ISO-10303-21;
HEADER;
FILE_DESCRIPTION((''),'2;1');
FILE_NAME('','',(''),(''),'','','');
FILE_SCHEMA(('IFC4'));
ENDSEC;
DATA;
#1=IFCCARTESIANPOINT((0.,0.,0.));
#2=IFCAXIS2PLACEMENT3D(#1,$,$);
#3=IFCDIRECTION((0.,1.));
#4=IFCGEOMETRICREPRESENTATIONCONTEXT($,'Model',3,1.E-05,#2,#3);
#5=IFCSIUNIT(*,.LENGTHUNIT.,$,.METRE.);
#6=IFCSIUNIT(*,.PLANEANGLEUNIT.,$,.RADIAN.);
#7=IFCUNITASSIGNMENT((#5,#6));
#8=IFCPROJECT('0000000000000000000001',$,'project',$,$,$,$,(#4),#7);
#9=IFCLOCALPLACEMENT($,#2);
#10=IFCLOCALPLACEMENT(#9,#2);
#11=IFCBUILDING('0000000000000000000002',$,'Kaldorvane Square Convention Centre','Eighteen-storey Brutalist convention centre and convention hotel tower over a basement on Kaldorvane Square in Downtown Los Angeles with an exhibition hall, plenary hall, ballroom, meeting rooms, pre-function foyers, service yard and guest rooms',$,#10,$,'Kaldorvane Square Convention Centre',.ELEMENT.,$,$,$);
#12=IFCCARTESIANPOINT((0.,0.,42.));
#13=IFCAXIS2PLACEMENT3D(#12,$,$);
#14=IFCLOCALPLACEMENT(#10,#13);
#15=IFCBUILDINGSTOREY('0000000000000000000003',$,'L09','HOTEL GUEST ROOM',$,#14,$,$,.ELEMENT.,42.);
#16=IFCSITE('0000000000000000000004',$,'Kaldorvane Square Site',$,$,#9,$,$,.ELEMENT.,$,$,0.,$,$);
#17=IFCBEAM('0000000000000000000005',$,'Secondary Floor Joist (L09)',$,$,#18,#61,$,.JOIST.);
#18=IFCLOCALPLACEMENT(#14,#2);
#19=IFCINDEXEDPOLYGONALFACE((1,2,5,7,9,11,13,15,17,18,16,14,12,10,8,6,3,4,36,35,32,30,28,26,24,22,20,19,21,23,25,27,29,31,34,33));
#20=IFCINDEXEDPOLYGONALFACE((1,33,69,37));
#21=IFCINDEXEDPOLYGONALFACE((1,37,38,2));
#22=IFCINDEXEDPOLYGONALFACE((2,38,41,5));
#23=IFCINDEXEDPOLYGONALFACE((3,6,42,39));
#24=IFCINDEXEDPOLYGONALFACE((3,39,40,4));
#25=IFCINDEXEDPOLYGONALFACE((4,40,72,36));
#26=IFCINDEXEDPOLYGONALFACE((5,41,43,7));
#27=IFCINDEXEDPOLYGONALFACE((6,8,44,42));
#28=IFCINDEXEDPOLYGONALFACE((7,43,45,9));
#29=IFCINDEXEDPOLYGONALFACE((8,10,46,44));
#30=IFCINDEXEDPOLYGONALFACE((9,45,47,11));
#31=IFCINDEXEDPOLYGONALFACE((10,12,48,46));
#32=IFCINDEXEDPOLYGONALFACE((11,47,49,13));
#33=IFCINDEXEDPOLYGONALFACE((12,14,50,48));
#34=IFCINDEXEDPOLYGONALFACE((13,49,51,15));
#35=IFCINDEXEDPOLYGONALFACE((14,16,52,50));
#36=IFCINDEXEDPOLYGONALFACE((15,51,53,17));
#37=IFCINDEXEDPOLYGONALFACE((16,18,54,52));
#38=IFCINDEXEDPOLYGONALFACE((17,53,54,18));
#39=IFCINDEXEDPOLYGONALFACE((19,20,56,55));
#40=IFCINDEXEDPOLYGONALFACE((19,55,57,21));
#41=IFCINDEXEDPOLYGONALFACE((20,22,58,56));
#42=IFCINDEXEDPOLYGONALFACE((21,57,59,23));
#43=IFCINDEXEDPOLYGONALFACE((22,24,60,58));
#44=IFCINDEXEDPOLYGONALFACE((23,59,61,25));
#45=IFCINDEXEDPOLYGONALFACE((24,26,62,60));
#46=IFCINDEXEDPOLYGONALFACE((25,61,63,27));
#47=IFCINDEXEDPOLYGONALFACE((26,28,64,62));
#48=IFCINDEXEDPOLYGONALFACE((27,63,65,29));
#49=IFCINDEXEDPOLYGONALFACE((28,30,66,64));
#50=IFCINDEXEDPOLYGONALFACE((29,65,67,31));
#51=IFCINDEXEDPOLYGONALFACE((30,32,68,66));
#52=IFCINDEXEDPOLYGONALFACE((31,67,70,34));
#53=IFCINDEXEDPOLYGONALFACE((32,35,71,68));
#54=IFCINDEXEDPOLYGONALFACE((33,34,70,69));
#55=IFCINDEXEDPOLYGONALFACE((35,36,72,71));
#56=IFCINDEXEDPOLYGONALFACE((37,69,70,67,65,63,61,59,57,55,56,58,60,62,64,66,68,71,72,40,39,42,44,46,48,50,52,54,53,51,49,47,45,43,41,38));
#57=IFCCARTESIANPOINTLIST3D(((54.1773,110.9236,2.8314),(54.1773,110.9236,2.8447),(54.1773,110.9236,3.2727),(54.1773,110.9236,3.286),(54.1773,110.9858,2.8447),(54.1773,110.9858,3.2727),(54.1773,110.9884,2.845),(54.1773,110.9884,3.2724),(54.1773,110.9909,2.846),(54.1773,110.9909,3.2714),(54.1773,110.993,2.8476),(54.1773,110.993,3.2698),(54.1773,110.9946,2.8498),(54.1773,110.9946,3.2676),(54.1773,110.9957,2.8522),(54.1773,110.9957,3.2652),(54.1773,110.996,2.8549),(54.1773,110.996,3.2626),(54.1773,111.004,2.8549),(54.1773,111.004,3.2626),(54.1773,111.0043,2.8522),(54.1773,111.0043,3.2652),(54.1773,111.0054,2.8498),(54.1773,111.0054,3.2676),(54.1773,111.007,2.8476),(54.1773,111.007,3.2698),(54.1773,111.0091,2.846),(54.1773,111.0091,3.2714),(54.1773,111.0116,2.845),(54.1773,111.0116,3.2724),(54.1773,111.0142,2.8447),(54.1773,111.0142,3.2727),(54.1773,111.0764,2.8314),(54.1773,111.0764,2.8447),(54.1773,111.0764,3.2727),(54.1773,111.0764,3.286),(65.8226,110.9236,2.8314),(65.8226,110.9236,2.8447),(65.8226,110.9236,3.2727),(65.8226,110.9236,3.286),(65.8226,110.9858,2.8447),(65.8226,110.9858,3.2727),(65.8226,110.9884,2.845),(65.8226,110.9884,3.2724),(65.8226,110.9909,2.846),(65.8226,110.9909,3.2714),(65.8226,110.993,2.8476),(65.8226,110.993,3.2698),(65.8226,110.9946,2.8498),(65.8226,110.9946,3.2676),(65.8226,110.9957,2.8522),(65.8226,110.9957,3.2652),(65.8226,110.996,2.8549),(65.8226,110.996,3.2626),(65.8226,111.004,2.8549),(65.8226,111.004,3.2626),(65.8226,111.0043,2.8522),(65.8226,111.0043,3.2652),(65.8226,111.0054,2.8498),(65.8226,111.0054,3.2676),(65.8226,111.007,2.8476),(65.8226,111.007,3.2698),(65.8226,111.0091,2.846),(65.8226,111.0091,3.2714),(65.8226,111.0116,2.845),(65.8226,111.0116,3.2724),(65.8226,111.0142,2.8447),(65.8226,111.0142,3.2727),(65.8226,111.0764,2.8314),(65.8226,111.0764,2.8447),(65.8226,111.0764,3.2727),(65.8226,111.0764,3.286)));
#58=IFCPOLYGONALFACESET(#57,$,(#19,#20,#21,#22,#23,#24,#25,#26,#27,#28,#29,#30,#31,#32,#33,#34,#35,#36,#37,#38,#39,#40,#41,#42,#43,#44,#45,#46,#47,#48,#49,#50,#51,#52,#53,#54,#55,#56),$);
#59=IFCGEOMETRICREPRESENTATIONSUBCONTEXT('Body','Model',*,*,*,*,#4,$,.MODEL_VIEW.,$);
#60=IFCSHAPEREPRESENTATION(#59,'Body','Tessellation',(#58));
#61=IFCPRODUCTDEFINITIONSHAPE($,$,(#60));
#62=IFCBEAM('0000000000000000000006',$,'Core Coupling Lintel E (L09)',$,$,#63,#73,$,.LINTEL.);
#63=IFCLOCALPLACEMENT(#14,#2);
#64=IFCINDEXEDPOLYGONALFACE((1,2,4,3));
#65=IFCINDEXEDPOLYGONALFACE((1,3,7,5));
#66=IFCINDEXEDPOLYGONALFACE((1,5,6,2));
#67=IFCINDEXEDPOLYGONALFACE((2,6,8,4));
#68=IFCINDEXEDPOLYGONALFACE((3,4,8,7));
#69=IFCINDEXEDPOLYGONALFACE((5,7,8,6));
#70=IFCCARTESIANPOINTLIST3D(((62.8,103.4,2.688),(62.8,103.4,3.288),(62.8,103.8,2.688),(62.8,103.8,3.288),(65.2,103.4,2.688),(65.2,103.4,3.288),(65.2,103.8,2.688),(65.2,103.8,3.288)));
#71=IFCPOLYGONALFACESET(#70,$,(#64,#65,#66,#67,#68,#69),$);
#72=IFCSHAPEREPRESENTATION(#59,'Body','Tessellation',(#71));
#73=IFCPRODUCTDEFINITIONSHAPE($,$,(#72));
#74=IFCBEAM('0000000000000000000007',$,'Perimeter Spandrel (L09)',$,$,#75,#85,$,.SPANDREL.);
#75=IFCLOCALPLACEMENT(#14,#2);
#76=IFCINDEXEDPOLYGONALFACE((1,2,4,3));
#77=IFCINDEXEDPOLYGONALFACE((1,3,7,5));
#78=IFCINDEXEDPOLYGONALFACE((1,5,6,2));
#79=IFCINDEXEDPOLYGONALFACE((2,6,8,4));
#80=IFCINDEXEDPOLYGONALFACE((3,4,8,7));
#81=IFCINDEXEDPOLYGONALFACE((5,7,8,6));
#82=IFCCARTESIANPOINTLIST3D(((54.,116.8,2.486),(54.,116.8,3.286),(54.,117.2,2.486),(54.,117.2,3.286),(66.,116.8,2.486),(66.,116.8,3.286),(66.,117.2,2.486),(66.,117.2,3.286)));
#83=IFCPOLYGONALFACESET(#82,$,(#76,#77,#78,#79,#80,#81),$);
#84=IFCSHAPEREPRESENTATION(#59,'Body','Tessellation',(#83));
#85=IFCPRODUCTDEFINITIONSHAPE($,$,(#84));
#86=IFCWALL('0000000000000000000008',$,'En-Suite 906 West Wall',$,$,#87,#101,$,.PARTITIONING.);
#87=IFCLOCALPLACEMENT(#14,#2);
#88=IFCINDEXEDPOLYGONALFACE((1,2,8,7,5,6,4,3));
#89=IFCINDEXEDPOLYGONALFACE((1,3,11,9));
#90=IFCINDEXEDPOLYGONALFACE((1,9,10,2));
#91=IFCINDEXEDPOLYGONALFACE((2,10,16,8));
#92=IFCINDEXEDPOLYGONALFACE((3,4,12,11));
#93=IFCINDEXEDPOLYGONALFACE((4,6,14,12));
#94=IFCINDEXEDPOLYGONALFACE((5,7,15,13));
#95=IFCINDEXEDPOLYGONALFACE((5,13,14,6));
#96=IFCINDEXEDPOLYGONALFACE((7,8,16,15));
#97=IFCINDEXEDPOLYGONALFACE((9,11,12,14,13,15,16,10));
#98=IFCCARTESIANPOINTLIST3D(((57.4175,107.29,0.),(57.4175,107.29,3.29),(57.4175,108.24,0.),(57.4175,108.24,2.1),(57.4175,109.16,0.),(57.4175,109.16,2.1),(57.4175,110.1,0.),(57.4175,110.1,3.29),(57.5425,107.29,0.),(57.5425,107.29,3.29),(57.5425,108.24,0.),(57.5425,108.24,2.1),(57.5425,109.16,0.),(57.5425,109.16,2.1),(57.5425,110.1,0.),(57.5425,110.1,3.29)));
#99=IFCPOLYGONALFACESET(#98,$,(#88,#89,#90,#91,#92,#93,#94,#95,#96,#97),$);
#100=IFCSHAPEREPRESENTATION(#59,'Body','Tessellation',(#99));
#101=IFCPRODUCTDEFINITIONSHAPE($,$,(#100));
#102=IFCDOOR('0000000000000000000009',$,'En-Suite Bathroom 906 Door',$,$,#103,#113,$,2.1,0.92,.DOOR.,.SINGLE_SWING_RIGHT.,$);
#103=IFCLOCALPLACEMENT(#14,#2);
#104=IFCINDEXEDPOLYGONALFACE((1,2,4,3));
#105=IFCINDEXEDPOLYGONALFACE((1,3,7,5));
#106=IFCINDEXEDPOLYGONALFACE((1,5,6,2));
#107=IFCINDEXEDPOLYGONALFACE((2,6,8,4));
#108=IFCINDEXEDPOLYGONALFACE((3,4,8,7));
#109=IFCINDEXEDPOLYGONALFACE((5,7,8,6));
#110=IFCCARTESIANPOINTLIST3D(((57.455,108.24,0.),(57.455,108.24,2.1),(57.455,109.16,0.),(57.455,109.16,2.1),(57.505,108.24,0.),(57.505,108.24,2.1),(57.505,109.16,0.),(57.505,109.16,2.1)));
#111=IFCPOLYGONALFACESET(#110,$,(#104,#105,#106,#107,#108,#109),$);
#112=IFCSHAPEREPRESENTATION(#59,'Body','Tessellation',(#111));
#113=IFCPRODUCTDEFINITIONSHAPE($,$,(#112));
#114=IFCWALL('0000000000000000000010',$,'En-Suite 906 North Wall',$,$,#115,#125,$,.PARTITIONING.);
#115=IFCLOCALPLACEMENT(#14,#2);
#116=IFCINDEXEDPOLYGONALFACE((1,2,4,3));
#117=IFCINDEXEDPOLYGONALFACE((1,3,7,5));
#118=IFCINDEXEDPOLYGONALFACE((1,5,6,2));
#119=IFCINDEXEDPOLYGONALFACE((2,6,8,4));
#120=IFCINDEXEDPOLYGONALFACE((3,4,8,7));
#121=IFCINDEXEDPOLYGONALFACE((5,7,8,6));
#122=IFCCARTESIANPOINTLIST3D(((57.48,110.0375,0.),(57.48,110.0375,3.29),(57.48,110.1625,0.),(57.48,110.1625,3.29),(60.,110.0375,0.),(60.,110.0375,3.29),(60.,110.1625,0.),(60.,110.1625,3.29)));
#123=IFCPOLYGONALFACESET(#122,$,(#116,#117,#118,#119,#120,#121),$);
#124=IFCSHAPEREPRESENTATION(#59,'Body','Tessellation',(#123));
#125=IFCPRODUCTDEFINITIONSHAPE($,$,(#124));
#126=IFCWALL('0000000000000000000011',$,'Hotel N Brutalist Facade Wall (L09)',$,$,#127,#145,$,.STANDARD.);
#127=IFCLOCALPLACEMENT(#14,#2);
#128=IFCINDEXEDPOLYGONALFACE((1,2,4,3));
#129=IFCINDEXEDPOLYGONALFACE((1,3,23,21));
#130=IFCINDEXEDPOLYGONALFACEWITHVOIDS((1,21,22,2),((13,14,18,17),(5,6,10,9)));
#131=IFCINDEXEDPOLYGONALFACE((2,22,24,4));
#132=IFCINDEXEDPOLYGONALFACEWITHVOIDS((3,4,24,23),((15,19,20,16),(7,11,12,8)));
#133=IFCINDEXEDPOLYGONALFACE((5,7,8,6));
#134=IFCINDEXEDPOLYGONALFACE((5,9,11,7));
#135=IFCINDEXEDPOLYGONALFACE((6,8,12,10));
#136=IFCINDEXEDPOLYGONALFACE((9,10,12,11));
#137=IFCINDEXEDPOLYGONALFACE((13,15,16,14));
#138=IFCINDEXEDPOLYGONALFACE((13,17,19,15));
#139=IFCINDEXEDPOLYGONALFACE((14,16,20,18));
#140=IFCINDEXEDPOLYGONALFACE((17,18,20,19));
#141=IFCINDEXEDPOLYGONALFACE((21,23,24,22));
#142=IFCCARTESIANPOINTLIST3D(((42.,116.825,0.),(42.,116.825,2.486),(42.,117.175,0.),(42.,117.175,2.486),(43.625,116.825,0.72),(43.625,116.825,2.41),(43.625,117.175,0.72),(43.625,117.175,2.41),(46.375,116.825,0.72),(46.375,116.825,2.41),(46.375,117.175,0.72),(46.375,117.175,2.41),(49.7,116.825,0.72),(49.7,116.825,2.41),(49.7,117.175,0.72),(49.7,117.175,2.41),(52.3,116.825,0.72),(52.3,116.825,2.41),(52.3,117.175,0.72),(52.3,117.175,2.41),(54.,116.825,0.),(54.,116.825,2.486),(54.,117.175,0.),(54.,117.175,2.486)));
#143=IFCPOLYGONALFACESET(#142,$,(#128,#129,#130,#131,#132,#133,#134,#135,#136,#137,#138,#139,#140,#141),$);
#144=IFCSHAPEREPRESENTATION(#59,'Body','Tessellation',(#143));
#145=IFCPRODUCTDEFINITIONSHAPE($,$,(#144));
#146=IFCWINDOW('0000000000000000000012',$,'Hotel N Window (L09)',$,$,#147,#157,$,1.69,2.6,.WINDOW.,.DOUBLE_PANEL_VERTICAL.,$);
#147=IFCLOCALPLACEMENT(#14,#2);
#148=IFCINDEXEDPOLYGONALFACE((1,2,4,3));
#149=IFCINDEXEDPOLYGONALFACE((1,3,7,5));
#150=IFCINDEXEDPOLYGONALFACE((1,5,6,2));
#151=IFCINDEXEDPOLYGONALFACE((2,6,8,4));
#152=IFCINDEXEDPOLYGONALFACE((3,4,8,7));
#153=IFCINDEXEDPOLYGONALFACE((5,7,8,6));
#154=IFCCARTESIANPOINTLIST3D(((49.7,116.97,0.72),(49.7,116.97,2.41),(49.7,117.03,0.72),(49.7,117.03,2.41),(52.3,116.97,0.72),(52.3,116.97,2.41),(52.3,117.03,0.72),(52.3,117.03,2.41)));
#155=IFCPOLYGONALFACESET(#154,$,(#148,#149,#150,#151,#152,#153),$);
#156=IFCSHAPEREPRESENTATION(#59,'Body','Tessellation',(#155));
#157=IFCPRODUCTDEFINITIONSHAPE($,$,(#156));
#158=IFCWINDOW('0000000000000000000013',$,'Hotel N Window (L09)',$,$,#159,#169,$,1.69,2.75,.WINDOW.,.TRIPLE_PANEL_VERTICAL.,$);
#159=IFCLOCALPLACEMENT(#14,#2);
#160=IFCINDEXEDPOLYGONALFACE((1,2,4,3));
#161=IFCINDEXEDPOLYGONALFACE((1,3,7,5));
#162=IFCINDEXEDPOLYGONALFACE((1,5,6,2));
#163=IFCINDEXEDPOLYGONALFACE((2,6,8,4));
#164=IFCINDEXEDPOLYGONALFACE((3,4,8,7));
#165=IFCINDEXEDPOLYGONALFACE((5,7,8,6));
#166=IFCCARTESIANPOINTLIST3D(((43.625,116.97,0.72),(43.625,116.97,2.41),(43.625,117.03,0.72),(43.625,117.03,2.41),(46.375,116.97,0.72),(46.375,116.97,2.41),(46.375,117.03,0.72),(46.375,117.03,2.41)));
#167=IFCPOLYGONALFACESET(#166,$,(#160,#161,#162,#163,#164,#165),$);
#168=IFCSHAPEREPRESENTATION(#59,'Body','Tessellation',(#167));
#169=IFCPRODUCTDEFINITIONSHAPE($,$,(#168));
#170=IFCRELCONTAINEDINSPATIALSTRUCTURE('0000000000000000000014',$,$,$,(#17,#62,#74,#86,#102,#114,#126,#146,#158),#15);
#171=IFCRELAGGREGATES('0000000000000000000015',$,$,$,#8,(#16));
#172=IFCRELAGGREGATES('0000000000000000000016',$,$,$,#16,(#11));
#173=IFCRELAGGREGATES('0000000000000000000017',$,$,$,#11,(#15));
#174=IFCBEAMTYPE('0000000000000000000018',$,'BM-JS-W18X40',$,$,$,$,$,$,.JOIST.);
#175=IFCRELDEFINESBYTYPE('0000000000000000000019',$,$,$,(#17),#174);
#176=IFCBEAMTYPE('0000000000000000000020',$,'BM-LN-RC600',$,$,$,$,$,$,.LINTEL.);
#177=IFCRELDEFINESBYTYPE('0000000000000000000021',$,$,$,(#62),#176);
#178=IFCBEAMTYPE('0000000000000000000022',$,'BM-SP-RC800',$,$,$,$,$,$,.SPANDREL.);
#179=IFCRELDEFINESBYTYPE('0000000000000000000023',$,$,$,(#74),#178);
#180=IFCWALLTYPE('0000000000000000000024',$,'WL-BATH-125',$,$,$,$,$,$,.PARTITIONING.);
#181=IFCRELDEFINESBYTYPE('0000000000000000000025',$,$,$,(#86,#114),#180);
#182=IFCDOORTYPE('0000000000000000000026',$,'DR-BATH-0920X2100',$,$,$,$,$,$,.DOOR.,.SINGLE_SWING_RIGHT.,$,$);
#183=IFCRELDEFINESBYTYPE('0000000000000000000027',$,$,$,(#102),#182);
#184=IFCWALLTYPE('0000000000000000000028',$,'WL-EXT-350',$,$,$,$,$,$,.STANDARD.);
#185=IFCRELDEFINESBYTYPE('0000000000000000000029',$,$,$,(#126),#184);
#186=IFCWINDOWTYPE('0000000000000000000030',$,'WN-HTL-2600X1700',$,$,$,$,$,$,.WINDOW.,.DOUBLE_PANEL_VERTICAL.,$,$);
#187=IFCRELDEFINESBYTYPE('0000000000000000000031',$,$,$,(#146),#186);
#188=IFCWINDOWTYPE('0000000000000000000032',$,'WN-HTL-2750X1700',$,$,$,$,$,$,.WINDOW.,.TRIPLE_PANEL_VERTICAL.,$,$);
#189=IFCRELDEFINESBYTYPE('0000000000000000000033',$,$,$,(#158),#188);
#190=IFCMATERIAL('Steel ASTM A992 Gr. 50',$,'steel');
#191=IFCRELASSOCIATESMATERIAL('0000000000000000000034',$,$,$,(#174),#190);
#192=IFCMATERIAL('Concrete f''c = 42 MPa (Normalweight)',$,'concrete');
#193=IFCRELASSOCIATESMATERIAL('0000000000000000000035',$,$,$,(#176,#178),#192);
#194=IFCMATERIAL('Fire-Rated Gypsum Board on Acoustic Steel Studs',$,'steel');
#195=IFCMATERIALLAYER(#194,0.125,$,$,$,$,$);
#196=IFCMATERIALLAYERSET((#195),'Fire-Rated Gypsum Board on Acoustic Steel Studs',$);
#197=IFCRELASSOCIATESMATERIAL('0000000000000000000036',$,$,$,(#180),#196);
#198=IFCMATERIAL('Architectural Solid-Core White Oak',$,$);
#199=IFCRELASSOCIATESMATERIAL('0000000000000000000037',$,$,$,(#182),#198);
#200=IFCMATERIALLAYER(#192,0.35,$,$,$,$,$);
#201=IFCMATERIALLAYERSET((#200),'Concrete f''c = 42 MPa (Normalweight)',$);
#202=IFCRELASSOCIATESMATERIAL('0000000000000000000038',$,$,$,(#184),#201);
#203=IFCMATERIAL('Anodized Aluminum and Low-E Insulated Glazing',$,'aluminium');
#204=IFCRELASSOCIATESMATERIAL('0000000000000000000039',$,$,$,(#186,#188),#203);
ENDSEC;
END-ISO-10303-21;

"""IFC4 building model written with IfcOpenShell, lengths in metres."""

from ifc_helpers import new_model, si_unit, direction, frame, frame_2d, origin, origin_2d, place, context, subcontext, project, spatial, rectangle, i_section, extrude, material, layer, layer_set, material_profile, profile_set, type_object, element, fill, save


model = new_model("IFC4")

# Units and contexts
model_context = context("Model", 3, precision=1e-05, world=origin(), true_north=direction((0.0, 1.0)))
body_context = subcontext(model_context, "Body", "Model", "MODEL_VIEW")
ifc_project = project(units=[si_unit("LENGTHUNIT", "METRE"), si_unit("PLANEANGLEUNIT", "RADIAN")], contexts=[model_context])

# Site, building, storey
site_placement = place(None, origin())
site = spatial("IfcSite", under=ifc_project, at=site_placement, Name="Kaldorvane Square Site", CompositionType="ELEMENT", RefElevation=0.0)
building_placement = place(site_placement, origin())
building = spatial("IfcBuilding", under=site, at=building_placement, Name="Kaldorvane Square Convention Centre", Description="Eighteen-storey Brutalist convention centre and convention hotel tower over a basement on Kaldorvane Square in Downtown Los Angeles with an exhibition hall, plenary hall, ballroom, meeting rooms, pre-function foyers, service yard and guest rooms", LongName="Kaldorvane Square Convention Centre", CompositionType="ELEMENT")
storey_placement = place(building_placement, frame((0.0, 0.0, 42.0)))
storey = spatial("IfcBuildingStorey", under=building, at=storey_placement, Name="L09", Description="HOTEL GUEST ROOM", CompositionType="ELEMENT", Elevation=42.0)

# Beams
ifc_material_1 = material(Name="Steel ASTM A992 Gr. 50", Category="steel")
ifc_material_profile_1 = material_profile(ifc_material_1, i_section(OverallWidth=0.1528, OverallDepth=0.4547, WebThickness=0.008, FlangeThickness=0.0133, FilletRadius=0.0102, at=origin_2d()), Name="W18X40")
ifc_profile_set_1 = profile_set([ifc_material_profile_1], Name="Steel ASTM A992 Gr. 50")
beam_type_1 = type_object("IfcBeamType", Name="BM-JS-W18X40", PredefinedType="JOIST", material=ifc_profile_set_1)
beam_1_placement = place(storey_placement, frame((54.1773, 111.0, 3.0587), z_axis=(1.0, 0.0, 0.0), x_axis=(0.0, 1.0, 0.0)))
element("IfcBeam", 1, at=beam_1_placement, inside=storey, type_object=beam_type_1, Name="Secondary Floor Joist (L09)", PredefinedType="JOIST", context=body_context, shape_type="SweptSolid", body=[
    extrude(i_section(OverallWidth=0.1528, OverallDepth=0.4547, WebThickness=0.008, FlangeThickness=0.0133, FilletRadius=0.0102, at=origin_2d()), origin(), (0.0, 0.0, 1.0), 11.6453),
])
ifc_material_2 = material(Name="Concrete f'c = 42 MPa (Normalweight)", Category="concrete")
ifc_material_profile_2 = material_profile(ifc_material_2, rectangle(XDim=0.4, YDim=0.6, at=origin_2d()), Name="RCLN600X400")
ifc_profile_set_2 = profile_set([ifc_material_profile_2], Name="Concrete f'c = 42 MPa (Normalweight)")
beam_type_2 = type_object("IfcBeamType", Name="BM-LN-RC600", PredefinedType="LINTEL", material=ifc_profile_set_2)
beam_2_placement = place(storey_placement, frame((62.8, 103.6, 2.988), z_axis=(1.0, 0.0, 0.0), x_axis=(0.0, 1.0, 0.0)))
element("IfcBeam", 2, at=beam_2_placement, inside=storey, type_object=beam_type_2, Name="Core Coupling Lintel E (L09)", PredefinedType="LINTEL", context=body_context, shape_type="SweptSolid", body=[
    extrude(rectangle(XDim=0.4, YDim=0.6, at=origin_2d()), origin(), (0.0, 0.0, 1.0), 2.4),
])
ifc_material_profile_3 = material_profile(ifc_material_2, rectangle(XDim=0.4, YDim=0.8, at=origin_2d()), Name="RCSP800X400")
ifc_profile_set_3 = profile_set([ifc_material_profile_3], Name="Concrete f'c = 42 MPa (Normalweight)")
beam_type_3 = type_object("IfcBeamType", Name="BM-SP-RC800", PredefinedType="SPANDREL", material=ifc_profile_set_3)
beam_3_placement = place(storey_placement, frame((54.0, 117.0, 2.886), z_axis=(1.0, 0.0, 0.0), x_axis=(0.0, 1.0, 0.0)))
element("IfcBeam", 3, at=beam_3_placement, inside=storey, type_object=beam_type_3, Name="Perimeter Spandrel (L09)", PredefinedType="SPANDREL", context=body_context, shape_type="SweptSolid", body=[
    extrude(rectangle(XDim=0.4, YDim=0.8, at=origin_2d()), origin(), (0.0, 0.0, 1.0), 12.0),
])

# Wall, opening, door
ifc_material_3 = material(Name="Fire-Rated Gypsum Board on Acoustic Steel Studs", Category="steel")
ifc_layer_1 = layer(ifc_material_3, 0.125)
ifc_layer_set_1 = layer_set([ifc_layer_1], Name="Fire-Rated Gypsum Board on Acoustic Steel Studs")
wall_type_1 = type_object("IfcWallType", Name="WL-BATH-125", PredefinedType="PARTITIONING", material=ifc_layer_set_1)
wall_1_placement = place(storey_placement, frame((57.48, 107.29, 0.0), z_axis=(0.0, 0.0, 1.0), x_axis=(0.0, 1.0, 0.0)))
wall_1 = element("IfcWall", 4, at=wall_1_placement, inside=storey, type_object=wall_type_1, Name="En-Suite 906 West Wall", PredefinedType="PARTITIONING", context=body_context, shape_type="SweptSolid", body=[
    extrude(rectangle(XDim=2.81, YDim=0.125, at=frame_2d((1.405, 0.0))), origin(), (0.0, 0.0, 1.0), 3.29),
])
opening_1_placement = place(wall_1_placement, frame((0.95, 0.0, 0.0)))
opening_1 = element("IfcOpeningElement", 5, at=opening_1_placement, cuts=wall_1, PredefinedType="OPENING", context=body_context, shape_type="SweptSolid", body=[
    extrude(rectangle(XDim=0.92, YDim=2.1, at=frame_2d((0.46, 1.05))), frame((0.0, 0.0775, 0.0), z_axis=(0.0, -1.0, 0.0), x_axis=(1.0, 0.0, 0.0)), (0.0, 0.0, 1.0), 0.155),
])
ifc_material_4 = material(Name="Architectural Solid-Core White Oak")
door_type_1 = type_object("IfcDoorType", Name="DR-BATH-0920X2100", OperationType="SINGLE_SWING_RIGHT", PredefinedType="DOOR", material=ifc_material_4)
door_1_placement = place(opening_1_placement, origin())
door_1 = element("IfcDoor", 6, at=door_1_placement, inside=storey, type_object=door_type_1, Name="En-Suite Bathroom 906 Door", OperationType="SINGLE_SWING_RIGHT", OverallHeight=2.1, OverallWidth=0.92, PredefinedType="DOOR", context=body_context, shape_type="SweptSolid", body=[
    extrude(rectangle(XDim=0.92, YDim=2.1, at=frame_2d((0.46, 1.05))), frame((0.0, 0.025, 0.0), z_axis=(0.0, -1.0, 0.0), x_axis=(1.0, 0.0, 0.0)), (0.0, 0.0, 1.0), 0.05),
])
fill(opening_1, door_1)

# Wall
wall_2_placement = place(storey_placement, frame((57.48, 110.1, 0.0), z_axis=(0.0, 0.0, 1.0), x_axis=(1.0, 0.0, 0.0)))
element("IfcWall", 7, at=wall_2_placement, inside=storey, type_object=wall_type_1, Name="En-Suite 906 North Wall", PredefinedType="PARTITIONING", context=body_context, shape_type="SweptSolid", body=[
    extrude(rectangle(XDim=2.52, YDim=0.125, at=frame_2d((1.26, 0.0))), origin(), (0.0, 0.0, 1.0), 3.29),
])

# Wall, openings, windows
ifc_layer_2 = layer(ifc_material_2, 0.35)
ifc_layer_set_2 = layer_set([ifc_layer_2], Name="Concrete f'c = 42 MPa (Normalweight)")
wall_type_2 = type_object("IfcWallType", Name="WL-EXT-350", PredefinedType="STANDARD", material=ifc_layer_set_2)
wall_3_placement = place(storey_placement, frame((54.0, 117.0, 0.0), z_axis=(0.0, 0.0, 1.0), x_axis=(-1.0, 0.0, 0.0)))
wall_3 = element("IfcWall", 8, at=wall_3_placement, inside=storey, type_object=wall_type_2, Name="Hotel N Brutalist Facade Wall (L09)", PredefinedType="STANDARD", context=body_context, shape_type="SweptSolid", body=[
    extrude(rectangle(XDim=12.0, YDim=0.35, at=frame_2d((6.0, 0.0))), origin(), (0.0, 0.0, 1.0), 2.486),
])
opening_2_placement = place(wall_3_placement, frame((1.7, 0.0, 0.72)))
opening_2 = element("IfcOpeningElement", 9, at=opening_2_placement, cuts=wall_3, PredefinedType="OPENING", context=body_context, shape_type="SweptSolid", body=[
    extrude(rectangle(XDim=2.6, YDim=1.69, at=frame_2d((1.3, 0.845))), frame((0.0, 0.19, 0.0), z_axis=(0.0, -1.0, 0.0), x_axis=(1.0, 0.0, 0.0)), (0.0, 0.0, 1.0), 0.38),
])
opening_3_placement = place(wall_3_placement, frame((7.625, 0.0, 0.72)))
opening_3 = element("IfcOpeningElement", 10, at=opening_3_placement, cuts=wall_3, PredefinedType="OPENING", context=body_context, shape_type="SweptSolid", body=[
    extrude(rectangle(XDim=2.75, YDim=1.69, at=frame_2d((1.375, 0.845))), frame((0.0, 0.19, 0.0), z_axis=(0.0, -1.0, 0.0), x_axis=(1.0, 0.0, 0.0)), (0.0, 0.0, 1.0), 0.38),
])
ifc_material_5 = material(Name="Anodized Aluminum and Low-E Insulated Glazing", Category="aluminium")
window_type_1 = type_object("IfcWindowType", Name="WN-HTL-2600X1700", PartitioningType="DOUBLE_PANEL_VERTICAL", PredefinedType="WINDOW", material=ifc_material_5)
window_1_placement = place(opening_2_placement, origin())
window_1 = element("IfcWindow", 11, at=window_1_placement, inside=storey, type_object=window_type_1, Name="Hotel N Window (L09)", OverallHeight=1.69, OverallWidth=2.6, PartitioningType="DOUBLE_PANEL_VERTICAL", PredefinedType="WINDOW", context=body_context, shape_type="SweptSolid", body=[
    extrude(rectangle(XDim=2.6, YDim=1.69, at=frame_2d((1.3, 0.845))), frame((0.0, 0.03, 0.0), z_axis=(0.0, -1.0, 0.0), x_axis=(1.0, 0.0, 0.0)), (0.0, 0.0, 1.0), 0.06),
])
fill(opening_2, window_1)
window_type_2 = type_object("IfcWindowType", Name="WN-HTL-2750X1700", PartitioningType="TRIPLE_PANEL_VERTICAL", PredefinedType="WINDOW", material=ifc_material_5)
window_2_placement = place(opening_3_placement, origin())
window_2 = element("IfcWindow", 12, at=window_2_placement, inside=storey, type_object=window_type_2, Name="Hotel N Window (L09)", OverallHeight=1.69, OverallWidth=2.75, PartitioningType="TRIPLE_PANEL_VERTICAL", PredefinedType="WINDOW", context=body_context, shape_type="SweptSolid", body=[
    extrude(rectangle(XDim=2.75, YDim=1.69, at=frame_2d((1.375, 0.845))), frame((0.0, 0.03, 0.0), z_axis=(0.0, -1.0, 0.0), x_axis=(1.0, 0.0, 0.0)), (0.0, 0.0, 1.0), 0.06),
])
fill(opening_3, window_2)

save(model, "model.ifc")
